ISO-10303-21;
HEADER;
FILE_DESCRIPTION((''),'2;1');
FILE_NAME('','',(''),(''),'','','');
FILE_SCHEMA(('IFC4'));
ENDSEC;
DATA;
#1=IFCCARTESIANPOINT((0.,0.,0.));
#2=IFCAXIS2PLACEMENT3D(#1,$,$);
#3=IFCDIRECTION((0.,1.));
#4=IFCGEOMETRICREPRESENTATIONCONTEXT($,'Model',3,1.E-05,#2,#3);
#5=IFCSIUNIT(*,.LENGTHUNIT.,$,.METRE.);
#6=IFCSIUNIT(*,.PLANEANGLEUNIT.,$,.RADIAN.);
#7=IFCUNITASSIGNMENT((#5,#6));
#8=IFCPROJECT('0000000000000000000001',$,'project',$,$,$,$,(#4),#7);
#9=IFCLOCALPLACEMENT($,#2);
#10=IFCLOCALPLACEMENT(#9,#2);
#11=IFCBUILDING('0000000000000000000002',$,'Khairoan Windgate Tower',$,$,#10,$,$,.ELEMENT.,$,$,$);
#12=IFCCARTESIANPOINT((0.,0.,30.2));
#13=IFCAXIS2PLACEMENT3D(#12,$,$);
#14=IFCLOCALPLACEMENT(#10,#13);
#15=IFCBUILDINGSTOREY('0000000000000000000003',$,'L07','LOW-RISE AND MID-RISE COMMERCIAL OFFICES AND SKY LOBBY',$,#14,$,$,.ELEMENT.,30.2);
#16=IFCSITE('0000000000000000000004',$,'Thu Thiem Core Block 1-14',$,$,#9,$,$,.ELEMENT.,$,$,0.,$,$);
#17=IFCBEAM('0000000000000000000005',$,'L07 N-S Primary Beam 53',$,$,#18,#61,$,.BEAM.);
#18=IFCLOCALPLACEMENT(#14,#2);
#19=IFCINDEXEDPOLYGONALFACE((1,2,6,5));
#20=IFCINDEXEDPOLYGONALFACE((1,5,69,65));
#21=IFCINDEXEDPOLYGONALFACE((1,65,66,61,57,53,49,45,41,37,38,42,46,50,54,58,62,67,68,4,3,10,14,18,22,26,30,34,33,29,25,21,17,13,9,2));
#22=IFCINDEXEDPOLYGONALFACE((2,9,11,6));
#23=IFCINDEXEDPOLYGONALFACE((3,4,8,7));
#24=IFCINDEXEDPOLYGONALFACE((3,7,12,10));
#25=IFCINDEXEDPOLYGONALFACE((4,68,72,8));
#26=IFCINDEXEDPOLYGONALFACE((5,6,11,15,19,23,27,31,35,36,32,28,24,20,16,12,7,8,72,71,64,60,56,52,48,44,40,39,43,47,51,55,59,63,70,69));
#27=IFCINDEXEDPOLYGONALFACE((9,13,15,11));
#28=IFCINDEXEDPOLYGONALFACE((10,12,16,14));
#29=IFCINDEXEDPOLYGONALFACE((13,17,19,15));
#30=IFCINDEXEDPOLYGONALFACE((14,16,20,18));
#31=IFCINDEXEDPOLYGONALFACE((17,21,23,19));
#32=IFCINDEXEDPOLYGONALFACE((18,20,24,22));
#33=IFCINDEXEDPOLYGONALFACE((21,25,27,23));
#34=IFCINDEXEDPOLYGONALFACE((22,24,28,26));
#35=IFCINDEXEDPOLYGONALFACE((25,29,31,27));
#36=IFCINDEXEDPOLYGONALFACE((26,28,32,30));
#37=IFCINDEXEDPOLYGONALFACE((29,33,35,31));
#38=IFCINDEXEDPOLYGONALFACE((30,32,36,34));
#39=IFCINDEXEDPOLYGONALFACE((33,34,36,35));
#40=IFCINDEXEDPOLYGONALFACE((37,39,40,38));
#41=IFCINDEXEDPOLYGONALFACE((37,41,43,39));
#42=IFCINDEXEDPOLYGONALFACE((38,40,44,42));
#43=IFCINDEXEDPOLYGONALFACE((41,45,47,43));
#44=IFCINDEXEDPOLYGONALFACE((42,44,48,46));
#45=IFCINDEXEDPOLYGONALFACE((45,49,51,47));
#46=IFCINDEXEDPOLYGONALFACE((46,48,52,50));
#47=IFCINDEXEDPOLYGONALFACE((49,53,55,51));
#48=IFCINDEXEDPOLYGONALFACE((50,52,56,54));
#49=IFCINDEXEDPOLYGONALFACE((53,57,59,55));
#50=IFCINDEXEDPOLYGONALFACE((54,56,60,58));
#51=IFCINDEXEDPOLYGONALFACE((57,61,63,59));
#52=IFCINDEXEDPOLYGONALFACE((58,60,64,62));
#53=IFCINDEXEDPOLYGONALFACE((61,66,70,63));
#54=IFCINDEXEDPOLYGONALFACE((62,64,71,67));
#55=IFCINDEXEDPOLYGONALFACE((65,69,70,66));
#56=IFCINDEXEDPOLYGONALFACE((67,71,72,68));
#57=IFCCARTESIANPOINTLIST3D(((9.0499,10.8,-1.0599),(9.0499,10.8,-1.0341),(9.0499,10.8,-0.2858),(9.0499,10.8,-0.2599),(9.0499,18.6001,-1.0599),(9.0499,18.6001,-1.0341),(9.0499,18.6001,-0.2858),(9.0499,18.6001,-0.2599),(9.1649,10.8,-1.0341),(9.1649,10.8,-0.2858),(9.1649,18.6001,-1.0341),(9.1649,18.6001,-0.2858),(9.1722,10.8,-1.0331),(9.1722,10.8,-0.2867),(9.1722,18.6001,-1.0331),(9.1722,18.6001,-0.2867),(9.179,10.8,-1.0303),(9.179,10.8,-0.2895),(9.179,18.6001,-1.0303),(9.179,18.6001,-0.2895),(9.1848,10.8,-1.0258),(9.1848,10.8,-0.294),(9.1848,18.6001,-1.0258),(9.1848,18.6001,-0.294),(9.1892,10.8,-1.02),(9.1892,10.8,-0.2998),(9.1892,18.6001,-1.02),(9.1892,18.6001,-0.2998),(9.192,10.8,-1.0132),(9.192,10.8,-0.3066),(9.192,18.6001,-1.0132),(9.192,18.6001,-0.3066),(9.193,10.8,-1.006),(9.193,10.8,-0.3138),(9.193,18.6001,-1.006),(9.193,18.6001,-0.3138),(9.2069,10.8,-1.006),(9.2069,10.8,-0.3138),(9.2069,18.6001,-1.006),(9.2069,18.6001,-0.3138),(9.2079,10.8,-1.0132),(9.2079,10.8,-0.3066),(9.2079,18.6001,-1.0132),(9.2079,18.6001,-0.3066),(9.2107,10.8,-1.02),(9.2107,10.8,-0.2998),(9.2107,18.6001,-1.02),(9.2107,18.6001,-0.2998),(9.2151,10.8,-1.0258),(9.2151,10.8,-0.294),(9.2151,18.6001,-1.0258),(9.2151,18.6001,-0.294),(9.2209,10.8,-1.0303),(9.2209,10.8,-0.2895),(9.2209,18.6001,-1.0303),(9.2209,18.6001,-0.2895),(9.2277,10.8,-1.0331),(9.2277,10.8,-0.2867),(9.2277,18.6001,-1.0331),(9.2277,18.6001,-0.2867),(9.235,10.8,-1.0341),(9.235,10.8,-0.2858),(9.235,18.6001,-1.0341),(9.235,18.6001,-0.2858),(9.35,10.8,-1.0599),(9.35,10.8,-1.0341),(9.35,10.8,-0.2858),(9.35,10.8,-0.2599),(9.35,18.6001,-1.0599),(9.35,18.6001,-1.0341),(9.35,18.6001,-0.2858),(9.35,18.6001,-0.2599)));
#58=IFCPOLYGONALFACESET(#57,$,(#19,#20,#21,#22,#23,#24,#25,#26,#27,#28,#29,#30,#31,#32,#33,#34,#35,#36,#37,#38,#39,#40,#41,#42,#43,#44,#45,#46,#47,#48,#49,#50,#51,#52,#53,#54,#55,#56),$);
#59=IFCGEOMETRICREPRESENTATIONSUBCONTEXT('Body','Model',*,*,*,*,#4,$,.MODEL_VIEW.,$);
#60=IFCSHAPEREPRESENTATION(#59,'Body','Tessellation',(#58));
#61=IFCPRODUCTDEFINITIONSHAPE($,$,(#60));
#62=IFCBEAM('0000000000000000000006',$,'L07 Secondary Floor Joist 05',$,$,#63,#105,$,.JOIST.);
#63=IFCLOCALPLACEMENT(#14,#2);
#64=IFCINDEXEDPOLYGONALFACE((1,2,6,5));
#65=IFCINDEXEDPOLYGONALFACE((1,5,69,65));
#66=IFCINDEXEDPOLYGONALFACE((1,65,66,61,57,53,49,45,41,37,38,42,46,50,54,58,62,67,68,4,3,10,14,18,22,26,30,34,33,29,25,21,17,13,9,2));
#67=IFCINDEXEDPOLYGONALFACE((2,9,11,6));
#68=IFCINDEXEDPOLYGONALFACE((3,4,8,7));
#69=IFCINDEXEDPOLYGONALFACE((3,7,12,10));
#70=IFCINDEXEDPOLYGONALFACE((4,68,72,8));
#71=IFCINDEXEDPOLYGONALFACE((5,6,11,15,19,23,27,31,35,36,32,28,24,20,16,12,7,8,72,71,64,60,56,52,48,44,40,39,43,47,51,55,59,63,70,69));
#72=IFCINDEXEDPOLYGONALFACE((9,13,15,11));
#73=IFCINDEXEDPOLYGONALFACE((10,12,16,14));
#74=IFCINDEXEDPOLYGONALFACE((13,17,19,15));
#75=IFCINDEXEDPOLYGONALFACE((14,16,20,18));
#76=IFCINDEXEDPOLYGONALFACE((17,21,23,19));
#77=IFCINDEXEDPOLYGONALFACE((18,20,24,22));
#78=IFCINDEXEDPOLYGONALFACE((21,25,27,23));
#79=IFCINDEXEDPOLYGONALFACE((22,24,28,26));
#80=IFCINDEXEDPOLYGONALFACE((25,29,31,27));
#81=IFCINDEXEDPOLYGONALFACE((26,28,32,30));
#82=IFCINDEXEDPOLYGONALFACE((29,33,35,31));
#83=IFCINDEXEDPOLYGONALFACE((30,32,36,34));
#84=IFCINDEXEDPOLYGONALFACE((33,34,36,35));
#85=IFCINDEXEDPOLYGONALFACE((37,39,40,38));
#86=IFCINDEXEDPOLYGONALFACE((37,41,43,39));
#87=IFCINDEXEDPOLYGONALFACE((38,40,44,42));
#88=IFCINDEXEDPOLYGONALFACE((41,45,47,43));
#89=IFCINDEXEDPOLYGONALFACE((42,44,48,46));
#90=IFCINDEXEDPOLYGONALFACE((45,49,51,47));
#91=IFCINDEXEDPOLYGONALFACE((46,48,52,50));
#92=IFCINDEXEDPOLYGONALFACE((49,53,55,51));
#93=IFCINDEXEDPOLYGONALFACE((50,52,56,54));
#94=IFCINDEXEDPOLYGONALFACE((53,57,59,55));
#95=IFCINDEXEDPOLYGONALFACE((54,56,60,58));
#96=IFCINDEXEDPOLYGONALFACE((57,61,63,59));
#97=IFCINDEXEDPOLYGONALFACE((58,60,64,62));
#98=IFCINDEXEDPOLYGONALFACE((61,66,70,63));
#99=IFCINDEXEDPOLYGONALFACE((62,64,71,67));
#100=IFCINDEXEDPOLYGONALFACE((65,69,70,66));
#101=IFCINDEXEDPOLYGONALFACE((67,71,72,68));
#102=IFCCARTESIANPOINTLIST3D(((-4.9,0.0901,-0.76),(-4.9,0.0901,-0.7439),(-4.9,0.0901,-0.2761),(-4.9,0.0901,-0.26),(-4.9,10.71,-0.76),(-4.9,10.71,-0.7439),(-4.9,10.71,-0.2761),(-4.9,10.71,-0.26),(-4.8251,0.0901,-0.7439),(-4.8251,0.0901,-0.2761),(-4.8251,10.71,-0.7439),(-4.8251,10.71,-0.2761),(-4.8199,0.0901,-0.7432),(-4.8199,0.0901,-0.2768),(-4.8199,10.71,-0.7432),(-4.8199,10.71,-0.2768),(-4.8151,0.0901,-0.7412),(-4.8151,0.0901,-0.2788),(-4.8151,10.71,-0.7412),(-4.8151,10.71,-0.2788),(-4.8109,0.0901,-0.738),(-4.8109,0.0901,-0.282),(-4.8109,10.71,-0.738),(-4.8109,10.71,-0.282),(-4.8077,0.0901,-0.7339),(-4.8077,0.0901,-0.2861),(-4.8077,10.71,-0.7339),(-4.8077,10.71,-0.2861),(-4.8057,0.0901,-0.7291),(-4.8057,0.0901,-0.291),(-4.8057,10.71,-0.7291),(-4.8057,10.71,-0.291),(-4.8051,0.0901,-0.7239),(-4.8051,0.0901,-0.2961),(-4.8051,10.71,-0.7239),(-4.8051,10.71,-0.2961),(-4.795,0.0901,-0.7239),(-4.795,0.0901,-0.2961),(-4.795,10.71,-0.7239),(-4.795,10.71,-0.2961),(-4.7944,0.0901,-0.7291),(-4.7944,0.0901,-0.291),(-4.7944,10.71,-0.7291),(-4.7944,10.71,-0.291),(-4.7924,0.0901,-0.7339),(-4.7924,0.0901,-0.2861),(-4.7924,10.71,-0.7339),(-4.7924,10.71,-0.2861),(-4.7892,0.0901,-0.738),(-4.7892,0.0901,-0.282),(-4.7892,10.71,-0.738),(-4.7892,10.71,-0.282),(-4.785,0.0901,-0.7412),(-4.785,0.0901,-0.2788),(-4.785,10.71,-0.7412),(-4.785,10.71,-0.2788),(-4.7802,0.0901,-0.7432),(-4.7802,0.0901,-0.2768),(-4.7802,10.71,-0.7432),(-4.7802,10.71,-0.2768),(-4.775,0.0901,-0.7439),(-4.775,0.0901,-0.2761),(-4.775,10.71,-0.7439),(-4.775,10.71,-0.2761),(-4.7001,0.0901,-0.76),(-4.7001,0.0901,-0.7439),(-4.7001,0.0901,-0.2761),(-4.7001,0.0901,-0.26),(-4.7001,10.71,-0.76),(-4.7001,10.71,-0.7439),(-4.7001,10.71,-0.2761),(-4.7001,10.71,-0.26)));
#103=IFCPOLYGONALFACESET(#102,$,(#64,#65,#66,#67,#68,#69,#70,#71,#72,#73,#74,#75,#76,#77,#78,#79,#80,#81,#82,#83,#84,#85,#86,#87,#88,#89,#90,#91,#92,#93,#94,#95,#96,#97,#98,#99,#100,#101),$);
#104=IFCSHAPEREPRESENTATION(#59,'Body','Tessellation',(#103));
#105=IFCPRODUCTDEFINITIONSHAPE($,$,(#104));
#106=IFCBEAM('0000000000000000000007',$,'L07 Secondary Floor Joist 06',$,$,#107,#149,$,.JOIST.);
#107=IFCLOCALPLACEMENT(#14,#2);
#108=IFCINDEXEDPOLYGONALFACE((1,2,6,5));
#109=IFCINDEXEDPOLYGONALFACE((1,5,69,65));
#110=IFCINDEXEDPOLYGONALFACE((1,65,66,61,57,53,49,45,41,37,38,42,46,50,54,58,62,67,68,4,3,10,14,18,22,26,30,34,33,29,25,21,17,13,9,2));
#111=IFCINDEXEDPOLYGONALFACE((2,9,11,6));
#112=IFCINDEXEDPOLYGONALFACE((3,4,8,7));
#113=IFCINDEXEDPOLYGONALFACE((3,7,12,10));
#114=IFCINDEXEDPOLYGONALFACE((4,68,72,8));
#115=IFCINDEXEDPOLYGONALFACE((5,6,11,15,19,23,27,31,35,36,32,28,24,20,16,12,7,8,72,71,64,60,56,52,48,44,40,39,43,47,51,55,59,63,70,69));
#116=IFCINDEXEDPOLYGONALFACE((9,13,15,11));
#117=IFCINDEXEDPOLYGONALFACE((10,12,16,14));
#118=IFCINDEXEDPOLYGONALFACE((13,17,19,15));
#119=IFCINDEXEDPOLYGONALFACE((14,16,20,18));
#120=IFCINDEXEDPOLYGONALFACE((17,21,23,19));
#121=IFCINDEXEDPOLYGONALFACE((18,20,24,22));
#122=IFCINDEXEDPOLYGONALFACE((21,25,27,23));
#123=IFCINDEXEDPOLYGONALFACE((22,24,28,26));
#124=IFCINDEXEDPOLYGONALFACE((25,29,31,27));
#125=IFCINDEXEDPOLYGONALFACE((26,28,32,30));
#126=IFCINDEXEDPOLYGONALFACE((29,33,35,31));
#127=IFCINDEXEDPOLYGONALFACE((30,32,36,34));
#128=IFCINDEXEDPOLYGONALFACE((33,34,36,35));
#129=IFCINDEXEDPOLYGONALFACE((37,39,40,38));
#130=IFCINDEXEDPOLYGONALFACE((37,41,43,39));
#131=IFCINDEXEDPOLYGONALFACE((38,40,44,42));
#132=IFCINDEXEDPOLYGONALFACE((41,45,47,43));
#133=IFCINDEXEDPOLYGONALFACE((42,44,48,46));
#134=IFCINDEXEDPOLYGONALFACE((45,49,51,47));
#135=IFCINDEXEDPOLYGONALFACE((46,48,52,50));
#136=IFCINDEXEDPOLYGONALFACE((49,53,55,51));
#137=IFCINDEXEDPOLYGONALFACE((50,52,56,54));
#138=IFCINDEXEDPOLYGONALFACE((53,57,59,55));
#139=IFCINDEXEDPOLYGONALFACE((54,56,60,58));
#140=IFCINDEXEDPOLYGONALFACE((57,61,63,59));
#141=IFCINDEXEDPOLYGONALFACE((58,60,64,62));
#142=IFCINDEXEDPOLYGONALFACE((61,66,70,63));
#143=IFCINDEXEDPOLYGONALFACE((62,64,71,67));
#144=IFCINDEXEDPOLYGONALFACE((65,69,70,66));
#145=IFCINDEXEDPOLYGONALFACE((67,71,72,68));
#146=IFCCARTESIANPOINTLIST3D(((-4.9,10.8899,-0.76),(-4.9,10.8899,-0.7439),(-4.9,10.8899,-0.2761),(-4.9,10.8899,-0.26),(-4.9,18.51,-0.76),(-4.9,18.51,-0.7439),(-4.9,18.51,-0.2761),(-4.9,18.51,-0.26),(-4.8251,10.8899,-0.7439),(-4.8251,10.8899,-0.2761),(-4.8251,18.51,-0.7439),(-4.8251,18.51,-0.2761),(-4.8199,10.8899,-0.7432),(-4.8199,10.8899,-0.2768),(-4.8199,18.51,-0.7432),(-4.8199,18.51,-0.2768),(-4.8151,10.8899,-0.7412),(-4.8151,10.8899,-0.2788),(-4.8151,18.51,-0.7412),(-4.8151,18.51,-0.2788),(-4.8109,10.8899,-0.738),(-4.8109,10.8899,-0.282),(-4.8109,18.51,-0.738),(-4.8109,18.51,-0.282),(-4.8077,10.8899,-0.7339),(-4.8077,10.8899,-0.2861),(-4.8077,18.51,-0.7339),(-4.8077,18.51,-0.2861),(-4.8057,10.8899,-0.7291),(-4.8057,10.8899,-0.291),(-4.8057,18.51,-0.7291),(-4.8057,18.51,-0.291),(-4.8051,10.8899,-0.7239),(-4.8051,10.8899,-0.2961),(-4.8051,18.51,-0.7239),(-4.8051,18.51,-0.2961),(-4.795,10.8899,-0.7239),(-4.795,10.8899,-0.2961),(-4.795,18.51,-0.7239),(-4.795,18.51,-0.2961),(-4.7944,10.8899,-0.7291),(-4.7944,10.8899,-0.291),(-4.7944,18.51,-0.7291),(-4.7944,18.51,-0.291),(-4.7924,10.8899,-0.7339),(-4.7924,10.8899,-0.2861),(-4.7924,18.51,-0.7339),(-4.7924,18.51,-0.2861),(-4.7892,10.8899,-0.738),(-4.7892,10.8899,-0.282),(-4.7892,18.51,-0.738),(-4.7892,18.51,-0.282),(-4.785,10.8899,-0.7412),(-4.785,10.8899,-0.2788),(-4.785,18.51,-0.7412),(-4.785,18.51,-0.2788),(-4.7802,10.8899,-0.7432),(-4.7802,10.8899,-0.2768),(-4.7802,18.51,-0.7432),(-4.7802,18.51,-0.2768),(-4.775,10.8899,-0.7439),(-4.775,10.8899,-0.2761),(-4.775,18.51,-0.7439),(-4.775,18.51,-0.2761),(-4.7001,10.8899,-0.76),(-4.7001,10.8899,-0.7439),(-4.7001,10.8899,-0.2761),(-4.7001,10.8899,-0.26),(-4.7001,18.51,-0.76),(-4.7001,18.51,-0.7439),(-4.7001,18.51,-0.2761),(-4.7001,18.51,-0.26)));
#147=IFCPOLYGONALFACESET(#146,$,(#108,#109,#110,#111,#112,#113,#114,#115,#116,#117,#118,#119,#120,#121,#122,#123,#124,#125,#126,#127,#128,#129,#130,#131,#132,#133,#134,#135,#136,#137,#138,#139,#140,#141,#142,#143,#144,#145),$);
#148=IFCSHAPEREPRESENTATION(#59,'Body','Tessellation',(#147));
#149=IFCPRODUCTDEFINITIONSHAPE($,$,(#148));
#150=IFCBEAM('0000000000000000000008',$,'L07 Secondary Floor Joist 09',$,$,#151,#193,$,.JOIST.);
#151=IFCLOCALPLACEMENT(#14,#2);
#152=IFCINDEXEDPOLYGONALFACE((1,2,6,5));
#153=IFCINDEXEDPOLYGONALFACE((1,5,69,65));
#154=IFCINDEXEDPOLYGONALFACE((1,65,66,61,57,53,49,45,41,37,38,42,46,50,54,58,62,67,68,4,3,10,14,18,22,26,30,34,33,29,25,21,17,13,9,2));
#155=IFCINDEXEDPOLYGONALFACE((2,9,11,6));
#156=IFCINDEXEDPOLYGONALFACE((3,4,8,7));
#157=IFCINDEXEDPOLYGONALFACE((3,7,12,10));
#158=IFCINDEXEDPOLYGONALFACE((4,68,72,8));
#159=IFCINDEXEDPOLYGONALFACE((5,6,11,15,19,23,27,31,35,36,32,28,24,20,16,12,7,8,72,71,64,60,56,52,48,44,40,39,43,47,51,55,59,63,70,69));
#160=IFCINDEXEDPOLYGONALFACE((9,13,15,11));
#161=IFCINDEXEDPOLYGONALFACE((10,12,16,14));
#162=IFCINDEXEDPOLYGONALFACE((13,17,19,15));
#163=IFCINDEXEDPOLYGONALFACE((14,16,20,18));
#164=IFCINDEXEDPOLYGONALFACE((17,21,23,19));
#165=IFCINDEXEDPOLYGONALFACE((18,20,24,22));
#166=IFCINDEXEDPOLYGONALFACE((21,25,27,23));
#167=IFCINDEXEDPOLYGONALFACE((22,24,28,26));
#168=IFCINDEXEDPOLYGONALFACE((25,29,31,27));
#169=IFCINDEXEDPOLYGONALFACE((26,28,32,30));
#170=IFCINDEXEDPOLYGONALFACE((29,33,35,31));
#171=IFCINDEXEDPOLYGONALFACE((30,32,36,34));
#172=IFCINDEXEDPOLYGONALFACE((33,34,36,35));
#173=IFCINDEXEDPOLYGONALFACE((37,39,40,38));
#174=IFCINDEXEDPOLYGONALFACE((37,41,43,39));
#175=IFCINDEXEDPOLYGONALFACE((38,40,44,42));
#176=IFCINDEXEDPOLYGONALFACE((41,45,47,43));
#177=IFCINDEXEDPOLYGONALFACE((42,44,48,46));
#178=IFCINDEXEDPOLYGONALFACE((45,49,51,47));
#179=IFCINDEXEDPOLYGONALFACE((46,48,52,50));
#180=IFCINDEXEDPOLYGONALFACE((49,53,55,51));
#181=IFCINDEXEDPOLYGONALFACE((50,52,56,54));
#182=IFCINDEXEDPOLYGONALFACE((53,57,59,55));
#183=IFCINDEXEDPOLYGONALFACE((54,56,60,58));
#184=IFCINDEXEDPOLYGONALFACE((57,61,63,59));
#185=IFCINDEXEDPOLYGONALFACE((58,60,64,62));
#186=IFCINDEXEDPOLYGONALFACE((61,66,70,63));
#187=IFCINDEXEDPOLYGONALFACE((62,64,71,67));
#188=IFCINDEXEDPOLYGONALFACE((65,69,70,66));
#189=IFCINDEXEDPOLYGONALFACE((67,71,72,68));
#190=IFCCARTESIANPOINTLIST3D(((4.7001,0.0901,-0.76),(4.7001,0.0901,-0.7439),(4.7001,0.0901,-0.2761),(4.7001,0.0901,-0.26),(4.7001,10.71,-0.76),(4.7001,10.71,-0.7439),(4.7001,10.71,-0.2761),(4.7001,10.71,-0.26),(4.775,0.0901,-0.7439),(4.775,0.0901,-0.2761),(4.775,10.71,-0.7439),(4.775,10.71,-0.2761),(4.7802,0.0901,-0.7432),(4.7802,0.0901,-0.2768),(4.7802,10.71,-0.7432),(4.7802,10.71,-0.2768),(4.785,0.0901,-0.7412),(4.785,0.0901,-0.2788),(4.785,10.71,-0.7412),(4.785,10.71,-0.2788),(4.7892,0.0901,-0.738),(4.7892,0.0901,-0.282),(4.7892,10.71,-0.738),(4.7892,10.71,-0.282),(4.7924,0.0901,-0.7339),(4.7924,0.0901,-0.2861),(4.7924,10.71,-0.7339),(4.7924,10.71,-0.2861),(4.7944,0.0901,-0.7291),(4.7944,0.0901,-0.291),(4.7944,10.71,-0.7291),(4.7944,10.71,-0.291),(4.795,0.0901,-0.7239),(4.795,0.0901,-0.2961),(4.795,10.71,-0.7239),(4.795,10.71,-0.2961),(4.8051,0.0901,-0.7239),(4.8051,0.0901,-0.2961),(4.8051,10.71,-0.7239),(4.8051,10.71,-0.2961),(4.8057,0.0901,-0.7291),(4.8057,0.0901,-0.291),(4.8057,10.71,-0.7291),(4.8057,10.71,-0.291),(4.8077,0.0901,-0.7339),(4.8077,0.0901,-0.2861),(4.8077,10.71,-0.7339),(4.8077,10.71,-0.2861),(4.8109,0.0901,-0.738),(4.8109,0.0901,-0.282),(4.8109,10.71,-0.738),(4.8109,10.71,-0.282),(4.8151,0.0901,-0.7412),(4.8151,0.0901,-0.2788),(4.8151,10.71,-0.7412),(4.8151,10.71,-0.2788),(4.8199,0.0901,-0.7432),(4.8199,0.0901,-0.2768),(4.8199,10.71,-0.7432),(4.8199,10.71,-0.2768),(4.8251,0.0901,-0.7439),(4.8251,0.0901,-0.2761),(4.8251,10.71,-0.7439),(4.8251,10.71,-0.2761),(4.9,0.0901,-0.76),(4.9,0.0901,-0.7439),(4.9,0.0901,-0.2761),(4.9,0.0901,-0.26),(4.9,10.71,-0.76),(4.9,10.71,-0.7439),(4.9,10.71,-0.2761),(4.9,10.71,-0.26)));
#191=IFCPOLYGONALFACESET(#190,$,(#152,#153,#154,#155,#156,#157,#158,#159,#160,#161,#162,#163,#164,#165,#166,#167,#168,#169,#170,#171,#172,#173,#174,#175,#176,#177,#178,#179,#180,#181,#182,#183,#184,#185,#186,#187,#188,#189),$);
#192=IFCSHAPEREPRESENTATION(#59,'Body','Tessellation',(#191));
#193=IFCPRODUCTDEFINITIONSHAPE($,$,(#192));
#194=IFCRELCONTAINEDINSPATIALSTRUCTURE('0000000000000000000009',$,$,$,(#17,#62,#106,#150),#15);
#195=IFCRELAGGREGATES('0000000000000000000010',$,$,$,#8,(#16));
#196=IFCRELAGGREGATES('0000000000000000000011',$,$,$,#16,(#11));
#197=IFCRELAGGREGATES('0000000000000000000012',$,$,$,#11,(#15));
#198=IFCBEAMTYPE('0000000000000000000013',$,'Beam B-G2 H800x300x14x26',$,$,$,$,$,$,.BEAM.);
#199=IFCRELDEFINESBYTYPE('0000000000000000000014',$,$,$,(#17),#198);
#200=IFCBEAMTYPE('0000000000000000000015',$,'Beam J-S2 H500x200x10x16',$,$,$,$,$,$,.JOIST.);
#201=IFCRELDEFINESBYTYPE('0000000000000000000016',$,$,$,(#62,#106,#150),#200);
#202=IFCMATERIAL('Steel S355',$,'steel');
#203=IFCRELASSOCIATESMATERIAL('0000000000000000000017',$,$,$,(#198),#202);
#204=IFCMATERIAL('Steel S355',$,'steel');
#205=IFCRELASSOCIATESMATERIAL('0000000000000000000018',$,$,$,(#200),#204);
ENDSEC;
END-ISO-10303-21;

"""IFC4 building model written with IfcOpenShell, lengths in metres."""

from ifc_helpers import new_model, si_unit, direction, frame, origin, origin_2d, place, context, subcontext, project, spatial, i_section, extrude, material, material_profile, profile_set, type_object, element, save


model = new_model("IFC4")

# Units and contexts
model_context = context("Model", 3, precision=1e-05, world=origin(), true_north=direction((0.0, 1.0)))
body_context = subcontext(model_context, "Body", "Model", "MODEL_VIEW")
ifc_project = project(units=[si_unit("LENGTHUNIT", "METRE"), si_unit("PLANEANGLEUNIT", "RADIAN")], contexts=[model_context])

# Site, building, storey
site_placement = place(None, origin())
site = spatial("IfcSite", under=ifc_project, at=site_placement, Name="Thu Thiem Core Block 1-14", CompositionType="ELEMENT", RefElevation=0.0)
building_placement = place(site_placement, origin())
building = spatial("IfcBuilding", under=site, at=building_placement, Name="Khairoan Windgate Tower", CompositionType="ELEMENT")
storey_placement = place(building_placement, frame((0.0, 0.0, 30.2)))
storey = spatial("IfcBuildingStorey", under=building, at=storey_placement, Name="L07", Description="LOW-RISE AND MID-RISE COMMERCIAL OFFICES AND SKY LOBBY", CompositionType="ELEMENT", Elevation=30.2)

# Beams
ifc_material_1 = material(Name="Steel S355", Category="steel")
ifc_material_profile_1 = material_profile(ifc_material_1, i_section(OverallWidth=0.3, OverallDepth=0.8, WebThickness=0.0139, FlangeThickness=0.0259, FilletRadius=0.0281, at=origin_2d()))
ifc_profile_set_1 = profile_set([ifc_material_profile_1], Name="Steel S355")
beam_type_1 = type_object("IfcBeamType", Name="Beam B-G2 H800x300x14x26", PredefinedType="BEAM", material=ifc_profile_set_1)
beam_1_placement = place(storey_placement, frame((9.2, 10.8, -0.6599), z_axis=(0.0, 1.0, 0.0), x_axis=(-1.0, 0.0, 0.0)))
element("IfcBeam", 1, at=beam_1_placement, inside=storey, type_object=beam_type_1, Name="L07 N-S Primary Beam 53", PredefinedType="BEAM", context=body_context, shape_type="SweptSolid", body=[
    extrude(i_section(OverallWidth=0.3, OverallDepth=0.8, WebThickness=0.0139, FlangeThickness=0.0259, FilletRadius=0.0281, at=origin_2d()), origin(), (0.0, 0.0, 1.0), 7.8),
])
ifc_material_2 = material(Name="Steel S355", Category="steel")
ifc_material_profile_2 = material_profile(ifc_material_2, i_section(OverallWidth=0.2, OverallDepth=0.5, WebThickness=0.01, FlangeThickness=0.0161, FilletRadius=0.02, at=origin_2d()))
ifc_profile_set_2 = profile_set([ifc_material_profile_2], Name="Steel S355")
beam_type_2 = type_object("IfcBeamType", Name="Beam J-S2 H500x200x10x16", PredefinedType="JOIST", material=ifc_profile_set_2)
beam_2_placement = place(storey_placement, frame((-4.8, 0.0901, -0.51), z_axis=(0.0, 1.0, 0.0), x_axis=(-1.0, 0.0, 0.0)))
element("IfcBeam", 2, at=beam_2_placement, inside=storey, type_object=beam_type_2, Name="L07 Secondary Floor Joist 05", PredefinedType="JOIST", context=body_context, shape_type="SweptSolid", body=[
    extrude(i_section(OverallWidth=0.2, OverallDepth=0.5, WebThickness=0.01, FlangeThickness=0.0161, FilletRadius=0.02, at=origin_2d()), origin(), (0.0, 0.0, 1.0), 10.6199),
])
beam_3_placement = place(storey_placement, frame((-4.8, 10.8899, -0.51), z_axis=(0.0, 1.0, 0.0), x_axis=(-1.0, 0.0, 0.0)))
element("IfcBeam", 3, at=beam_3_placement, inside=storey, type_object=beam_type_2, Name="L07 Secondary Floor Joist 06", PredefinedType="JOIST", context=body_context, shape_type="SweptSolid", body=[
    extrude(i_section(OverallWidth=0.2, OverallDepth=0.5, WebThickness=0.01, FlangeThickness=0.0161, FilletRadius=0.02, at=origin_2d()), origin(), (0.0, 0.0, 1.0), 7.6201),
])
beam_4_placement = place(storey_placement, frame((4.8, 0.0901, -0.51), z_axis=(0.0, 1.0, 0.0), x_axis=(-1.0, 0.0, 0.0)))
element("IfcBeam", 4, at=beam_4_placement, inside=storey, type_object=beam_type_2, Name="L07 Secondary Floor Joist 09", PredefinedType="JOIST", context=body_context, shape_type="SweptSolid", body=[
    extrude(i_section(OverallWidth=0.2, OverallDepth=0.5, WebThickness=0.01, FlangeThickness=0.0161, FilletRadius=0.02, at=origin_2d()), origin(), (0.0, 0.0, 1.0), 10.6199),
])

save(model, "model.ifc")
